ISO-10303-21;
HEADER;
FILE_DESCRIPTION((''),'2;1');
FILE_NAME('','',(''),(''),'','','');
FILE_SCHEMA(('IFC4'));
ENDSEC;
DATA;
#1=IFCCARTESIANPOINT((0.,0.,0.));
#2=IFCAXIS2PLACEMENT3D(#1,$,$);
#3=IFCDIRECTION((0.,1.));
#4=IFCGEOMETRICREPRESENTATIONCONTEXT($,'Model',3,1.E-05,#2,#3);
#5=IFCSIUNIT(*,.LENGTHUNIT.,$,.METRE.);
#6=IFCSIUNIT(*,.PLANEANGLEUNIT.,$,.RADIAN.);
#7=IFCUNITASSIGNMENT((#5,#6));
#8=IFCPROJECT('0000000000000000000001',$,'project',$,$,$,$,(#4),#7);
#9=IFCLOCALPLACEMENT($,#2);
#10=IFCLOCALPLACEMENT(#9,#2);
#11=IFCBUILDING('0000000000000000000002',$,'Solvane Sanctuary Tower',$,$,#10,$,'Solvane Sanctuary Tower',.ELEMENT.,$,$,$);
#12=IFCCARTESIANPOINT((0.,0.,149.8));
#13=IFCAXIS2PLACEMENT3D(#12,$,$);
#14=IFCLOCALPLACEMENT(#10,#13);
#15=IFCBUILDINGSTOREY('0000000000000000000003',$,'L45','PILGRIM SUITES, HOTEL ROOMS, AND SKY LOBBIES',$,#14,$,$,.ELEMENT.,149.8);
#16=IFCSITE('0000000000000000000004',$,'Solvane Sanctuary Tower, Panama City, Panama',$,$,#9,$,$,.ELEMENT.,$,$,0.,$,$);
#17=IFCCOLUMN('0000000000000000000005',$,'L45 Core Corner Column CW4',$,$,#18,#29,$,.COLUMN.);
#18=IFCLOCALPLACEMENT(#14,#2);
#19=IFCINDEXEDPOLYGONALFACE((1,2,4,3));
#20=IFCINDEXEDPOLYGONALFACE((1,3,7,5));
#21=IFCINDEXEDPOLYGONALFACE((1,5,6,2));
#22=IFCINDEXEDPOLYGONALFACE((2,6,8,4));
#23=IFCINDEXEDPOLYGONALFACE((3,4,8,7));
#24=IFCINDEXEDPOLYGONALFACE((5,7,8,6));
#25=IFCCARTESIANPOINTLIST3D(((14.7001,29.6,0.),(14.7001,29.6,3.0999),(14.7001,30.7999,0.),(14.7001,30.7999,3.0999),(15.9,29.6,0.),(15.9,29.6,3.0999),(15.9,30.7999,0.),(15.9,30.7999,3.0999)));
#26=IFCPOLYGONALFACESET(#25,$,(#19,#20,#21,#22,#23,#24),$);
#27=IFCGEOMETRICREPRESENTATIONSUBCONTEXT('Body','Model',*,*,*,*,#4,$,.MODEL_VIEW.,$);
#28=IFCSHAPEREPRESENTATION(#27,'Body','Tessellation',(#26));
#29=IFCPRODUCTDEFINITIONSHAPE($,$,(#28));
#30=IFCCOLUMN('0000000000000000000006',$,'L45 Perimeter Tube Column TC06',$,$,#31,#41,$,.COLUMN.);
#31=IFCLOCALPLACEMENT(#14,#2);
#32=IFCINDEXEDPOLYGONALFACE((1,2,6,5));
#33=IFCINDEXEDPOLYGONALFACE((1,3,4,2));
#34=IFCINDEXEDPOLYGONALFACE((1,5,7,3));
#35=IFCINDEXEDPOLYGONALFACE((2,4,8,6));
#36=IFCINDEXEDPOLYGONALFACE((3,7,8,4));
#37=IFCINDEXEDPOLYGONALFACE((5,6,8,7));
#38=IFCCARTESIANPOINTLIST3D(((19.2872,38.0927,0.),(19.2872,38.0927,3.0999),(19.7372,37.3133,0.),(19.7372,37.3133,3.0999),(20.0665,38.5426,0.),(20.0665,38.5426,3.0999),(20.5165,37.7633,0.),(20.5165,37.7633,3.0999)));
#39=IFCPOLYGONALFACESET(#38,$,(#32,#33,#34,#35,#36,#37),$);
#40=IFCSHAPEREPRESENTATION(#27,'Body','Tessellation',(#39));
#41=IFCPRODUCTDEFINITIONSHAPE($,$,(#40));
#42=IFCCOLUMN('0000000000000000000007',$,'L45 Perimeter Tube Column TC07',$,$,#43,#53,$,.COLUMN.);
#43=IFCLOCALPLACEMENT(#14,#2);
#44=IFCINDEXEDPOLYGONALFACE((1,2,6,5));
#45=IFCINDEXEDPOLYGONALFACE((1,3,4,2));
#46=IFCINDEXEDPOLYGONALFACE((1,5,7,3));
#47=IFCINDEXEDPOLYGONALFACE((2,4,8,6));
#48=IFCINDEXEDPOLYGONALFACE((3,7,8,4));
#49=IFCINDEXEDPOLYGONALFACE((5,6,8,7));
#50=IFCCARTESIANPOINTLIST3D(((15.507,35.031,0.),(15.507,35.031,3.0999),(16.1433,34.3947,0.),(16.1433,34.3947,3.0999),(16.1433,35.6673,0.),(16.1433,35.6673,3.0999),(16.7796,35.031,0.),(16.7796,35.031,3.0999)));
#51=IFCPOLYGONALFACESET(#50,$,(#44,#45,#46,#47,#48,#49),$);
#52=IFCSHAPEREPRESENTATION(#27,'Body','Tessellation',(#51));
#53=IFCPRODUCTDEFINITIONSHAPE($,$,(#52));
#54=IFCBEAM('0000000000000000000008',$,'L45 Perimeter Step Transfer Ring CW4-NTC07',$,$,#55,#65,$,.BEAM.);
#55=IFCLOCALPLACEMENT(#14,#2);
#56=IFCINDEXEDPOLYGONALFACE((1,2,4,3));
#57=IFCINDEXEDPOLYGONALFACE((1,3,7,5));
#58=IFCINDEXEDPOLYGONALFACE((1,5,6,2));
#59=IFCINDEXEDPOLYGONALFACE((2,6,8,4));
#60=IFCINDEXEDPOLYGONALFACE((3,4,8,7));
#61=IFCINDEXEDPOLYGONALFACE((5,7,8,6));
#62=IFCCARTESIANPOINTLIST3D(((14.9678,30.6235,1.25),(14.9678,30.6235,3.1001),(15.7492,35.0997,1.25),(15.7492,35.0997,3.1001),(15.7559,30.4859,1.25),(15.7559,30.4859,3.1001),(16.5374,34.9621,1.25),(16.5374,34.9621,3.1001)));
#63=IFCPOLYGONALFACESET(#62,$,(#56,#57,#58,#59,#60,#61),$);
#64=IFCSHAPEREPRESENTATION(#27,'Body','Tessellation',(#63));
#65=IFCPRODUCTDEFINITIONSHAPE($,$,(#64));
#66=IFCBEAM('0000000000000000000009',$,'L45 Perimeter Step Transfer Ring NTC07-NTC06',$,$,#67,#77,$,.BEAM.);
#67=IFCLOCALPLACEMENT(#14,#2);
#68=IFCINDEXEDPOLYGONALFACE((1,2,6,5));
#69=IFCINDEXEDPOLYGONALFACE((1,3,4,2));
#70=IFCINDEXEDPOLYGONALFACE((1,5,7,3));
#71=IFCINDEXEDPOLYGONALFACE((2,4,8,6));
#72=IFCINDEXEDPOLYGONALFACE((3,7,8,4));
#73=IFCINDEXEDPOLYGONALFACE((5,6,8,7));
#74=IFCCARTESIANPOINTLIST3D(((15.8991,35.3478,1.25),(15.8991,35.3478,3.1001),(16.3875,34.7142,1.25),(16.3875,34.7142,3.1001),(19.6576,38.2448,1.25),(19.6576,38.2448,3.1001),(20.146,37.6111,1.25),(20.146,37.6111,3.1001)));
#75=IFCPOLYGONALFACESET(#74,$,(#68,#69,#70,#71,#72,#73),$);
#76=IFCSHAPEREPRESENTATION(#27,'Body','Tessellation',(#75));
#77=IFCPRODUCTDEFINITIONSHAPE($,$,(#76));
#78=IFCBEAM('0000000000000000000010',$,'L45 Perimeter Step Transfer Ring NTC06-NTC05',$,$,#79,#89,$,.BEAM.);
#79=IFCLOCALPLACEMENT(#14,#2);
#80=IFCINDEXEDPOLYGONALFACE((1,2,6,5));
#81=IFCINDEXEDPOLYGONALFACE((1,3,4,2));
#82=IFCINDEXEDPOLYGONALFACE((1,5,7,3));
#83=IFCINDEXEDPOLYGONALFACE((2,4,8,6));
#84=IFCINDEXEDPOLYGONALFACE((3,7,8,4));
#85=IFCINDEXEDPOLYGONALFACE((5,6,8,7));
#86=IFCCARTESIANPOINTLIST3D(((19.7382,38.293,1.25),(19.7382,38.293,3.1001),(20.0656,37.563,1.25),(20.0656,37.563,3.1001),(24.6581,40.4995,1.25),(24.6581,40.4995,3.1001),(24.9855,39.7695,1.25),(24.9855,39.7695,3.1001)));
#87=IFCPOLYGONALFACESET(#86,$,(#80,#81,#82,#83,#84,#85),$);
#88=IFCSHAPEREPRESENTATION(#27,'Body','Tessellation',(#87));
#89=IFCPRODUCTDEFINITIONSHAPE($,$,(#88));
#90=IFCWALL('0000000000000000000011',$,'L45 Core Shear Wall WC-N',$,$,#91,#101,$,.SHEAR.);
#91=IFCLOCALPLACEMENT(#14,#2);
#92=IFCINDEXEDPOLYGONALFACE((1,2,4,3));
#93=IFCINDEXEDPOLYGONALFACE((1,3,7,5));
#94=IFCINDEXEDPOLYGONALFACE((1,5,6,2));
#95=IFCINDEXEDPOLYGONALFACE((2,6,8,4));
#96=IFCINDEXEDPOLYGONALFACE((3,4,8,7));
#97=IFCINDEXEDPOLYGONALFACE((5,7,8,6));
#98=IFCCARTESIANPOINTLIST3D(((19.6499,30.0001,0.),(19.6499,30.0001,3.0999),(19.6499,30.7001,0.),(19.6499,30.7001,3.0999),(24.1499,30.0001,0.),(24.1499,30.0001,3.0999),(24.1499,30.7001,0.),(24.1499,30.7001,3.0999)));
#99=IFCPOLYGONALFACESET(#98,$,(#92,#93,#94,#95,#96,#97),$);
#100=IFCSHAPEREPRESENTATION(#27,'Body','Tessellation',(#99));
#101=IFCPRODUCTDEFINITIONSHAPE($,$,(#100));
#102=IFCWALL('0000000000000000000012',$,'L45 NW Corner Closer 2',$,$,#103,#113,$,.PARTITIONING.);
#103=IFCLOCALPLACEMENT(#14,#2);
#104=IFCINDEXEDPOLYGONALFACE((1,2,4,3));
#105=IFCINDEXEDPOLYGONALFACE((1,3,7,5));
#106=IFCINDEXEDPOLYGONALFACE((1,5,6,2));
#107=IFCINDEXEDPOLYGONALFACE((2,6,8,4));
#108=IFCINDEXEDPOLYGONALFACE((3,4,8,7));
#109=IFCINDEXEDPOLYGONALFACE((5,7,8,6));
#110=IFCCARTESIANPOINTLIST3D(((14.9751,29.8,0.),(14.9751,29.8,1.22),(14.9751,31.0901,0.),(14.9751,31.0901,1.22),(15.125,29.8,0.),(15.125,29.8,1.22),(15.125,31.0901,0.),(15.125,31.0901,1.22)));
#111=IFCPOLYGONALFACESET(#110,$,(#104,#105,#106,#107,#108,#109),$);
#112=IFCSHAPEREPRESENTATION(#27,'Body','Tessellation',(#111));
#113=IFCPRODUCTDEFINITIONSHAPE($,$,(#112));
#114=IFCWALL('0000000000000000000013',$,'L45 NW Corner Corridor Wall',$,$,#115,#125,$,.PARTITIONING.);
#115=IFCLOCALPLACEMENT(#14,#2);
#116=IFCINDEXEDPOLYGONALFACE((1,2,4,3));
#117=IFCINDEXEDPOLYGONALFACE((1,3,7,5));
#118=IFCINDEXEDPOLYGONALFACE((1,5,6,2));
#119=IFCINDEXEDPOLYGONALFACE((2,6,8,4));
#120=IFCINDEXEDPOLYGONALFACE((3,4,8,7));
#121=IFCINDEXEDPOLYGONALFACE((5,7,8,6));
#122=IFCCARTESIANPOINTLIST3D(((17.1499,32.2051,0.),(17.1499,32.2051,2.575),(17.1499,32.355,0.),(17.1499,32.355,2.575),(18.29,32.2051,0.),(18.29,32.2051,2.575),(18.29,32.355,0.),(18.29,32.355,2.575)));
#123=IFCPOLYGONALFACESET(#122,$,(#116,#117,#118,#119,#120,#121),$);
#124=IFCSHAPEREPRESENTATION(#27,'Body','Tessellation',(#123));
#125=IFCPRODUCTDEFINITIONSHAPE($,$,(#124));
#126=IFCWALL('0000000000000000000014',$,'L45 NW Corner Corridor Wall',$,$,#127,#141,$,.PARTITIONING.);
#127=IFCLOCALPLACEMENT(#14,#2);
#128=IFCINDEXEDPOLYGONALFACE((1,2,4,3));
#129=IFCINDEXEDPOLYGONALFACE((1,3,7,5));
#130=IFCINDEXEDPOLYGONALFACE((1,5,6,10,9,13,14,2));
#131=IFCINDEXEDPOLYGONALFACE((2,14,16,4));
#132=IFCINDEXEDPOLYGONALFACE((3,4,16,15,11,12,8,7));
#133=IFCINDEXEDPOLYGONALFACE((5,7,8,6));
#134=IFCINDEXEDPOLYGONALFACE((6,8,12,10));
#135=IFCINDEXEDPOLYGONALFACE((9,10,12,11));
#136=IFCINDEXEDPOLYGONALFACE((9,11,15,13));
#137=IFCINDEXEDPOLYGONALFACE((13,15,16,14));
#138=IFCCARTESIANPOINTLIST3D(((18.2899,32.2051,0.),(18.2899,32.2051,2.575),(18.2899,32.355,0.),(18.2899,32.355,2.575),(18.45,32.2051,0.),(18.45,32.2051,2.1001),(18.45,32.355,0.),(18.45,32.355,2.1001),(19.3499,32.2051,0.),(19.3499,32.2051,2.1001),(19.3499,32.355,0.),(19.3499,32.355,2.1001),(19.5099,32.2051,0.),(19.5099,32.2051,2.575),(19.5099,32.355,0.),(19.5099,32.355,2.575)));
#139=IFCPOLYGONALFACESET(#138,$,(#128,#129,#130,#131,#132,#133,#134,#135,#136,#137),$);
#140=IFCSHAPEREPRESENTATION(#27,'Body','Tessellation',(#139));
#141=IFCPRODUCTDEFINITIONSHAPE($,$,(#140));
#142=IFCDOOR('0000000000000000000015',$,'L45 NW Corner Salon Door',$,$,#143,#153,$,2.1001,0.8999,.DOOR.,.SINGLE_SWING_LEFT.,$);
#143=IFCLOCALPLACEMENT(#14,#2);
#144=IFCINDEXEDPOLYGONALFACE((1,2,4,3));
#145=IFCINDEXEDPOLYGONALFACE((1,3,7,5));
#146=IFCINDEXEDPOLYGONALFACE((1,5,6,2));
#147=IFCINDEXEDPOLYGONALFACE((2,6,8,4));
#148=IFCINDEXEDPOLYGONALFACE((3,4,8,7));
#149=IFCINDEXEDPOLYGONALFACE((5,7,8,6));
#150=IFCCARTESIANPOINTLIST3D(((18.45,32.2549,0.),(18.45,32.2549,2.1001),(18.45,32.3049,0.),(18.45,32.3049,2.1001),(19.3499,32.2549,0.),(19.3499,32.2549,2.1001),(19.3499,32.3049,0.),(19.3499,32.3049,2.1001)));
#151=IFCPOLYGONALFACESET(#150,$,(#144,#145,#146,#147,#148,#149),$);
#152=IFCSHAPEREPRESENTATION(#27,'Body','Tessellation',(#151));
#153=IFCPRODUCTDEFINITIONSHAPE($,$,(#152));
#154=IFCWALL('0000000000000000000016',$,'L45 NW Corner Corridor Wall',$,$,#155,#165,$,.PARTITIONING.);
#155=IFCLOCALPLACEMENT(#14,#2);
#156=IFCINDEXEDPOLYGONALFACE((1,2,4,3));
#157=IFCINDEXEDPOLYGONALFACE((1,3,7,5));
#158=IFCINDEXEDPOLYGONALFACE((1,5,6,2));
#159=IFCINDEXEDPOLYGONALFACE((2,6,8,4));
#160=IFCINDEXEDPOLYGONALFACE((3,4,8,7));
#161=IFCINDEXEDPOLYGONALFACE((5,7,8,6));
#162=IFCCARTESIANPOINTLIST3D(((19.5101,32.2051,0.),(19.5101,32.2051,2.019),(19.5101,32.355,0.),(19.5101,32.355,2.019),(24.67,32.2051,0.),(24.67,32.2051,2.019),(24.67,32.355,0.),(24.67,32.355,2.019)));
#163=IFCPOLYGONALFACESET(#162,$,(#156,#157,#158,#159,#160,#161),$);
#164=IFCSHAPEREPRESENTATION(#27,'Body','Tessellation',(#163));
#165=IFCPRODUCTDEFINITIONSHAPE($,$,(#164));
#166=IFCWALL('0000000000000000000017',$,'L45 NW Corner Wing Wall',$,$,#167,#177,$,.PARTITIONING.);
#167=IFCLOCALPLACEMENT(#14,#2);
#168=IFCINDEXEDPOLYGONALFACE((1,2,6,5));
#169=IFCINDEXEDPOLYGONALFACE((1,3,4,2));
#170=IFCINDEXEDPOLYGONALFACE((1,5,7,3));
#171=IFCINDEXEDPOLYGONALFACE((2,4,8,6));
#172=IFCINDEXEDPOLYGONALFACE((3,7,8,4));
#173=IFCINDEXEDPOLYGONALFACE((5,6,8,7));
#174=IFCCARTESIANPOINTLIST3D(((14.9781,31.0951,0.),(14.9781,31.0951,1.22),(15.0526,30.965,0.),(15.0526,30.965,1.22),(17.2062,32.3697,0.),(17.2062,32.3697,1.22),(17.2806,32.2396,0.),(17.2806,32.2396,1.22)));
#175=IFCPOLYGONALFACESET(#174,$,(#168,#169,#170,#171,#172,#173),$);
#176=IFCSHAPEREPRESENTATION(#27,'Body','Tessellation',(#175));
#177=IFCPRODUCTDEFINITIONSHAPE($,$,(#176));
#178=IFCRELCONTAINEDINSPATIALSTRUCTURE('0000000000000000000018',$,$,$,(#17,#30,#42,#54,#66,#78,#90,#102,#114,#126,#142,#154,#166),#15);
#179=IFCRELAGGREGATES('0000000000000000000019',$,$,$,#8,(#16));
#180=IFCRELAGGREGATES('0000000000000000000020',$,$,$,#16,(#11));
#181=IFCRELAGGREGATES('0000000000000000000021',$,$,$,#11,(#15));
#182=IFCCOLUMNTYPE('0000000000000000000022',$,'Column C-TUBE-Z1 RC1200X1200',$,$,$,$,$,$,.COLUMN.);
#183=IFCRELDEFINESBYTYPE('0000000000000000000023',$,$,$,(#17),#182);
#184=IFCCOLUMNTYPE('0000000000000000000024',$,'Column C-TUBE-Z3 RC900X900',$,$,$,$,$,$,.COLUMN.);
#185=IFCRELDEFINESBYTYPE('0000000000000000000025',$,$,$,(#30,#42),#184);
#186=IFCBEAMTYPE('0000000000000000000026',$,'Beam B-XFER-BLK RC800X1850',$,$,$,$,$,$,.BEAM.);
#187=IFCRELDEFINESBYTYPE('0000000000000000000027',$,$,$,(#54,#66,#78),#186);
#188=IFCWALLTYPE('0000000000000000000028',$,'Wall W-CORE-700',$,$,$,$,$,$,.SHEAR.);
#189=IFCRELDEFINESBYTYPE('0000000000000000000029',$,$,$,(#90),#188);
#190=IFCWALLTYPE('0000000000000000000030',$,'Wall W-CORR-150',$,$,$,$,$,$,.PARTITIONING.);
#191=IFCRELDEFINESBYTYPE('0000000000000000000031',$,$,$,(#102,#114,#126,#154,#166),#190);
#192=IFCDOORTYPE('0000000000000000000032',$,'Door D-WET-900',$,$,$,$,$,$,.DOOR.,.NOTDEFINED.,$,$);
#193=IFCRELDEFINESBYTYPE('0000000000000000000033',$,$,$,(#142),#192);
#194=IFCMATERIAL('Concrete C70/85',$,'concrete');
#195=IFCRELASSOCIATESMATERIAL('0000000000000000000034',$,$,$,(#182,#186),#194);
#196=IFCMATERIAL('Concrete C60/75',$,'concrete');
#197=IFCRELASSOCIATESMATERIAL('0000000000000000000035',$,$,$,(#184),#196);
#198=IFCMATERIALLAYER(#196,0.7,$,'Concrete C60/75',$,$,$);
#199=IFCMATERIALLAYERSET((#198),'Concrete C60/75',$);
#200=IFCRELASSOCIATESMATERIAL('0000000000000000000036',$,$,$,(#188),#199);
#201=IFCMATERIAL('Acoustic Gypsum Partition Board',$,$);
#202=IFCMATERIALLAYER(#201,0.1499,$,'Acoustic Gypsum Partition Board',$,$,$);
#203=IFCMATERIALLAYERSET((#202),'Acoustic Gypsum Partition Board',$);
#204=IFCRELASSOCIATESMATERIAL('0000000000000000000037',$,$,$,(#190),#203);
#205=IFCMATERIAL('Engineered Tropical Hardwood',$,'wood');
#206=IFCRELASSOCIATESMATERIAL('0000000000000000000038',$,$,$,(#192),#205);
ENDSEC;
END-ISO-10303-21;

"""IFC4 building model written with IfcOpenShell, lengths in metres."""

from ifc_helpers import new_model, si_unit, direction, frame, frame_2d, origin, origin_2d, place, context, subcontext, project, spatial, rectangle, extrude, material, layer, layer_set, material_profile, profile_set, type_object, element, fill, save


model = new_model("IFC4")

# Units and contexts
model_context = context("Model", 3, precision=1e-05, world=origin(), true_north=direction((0.0, 1.0)))
body_context = subcontext(model_context, "Body", "Model", "MODEL_VIEW")
ifc_project = project(units=[si_unit("LENGTHUNIT", "METRE"), si_unit("PLANEANGLEUNIT", "RADIAN")], contexts=[model_context])

# Site, building, storey
site_placement = place(None, origin())
site = spatial("IfcSite", under=ifc_project, at=site_placement, Name="Solvane Sanctuary Tower, Panama City, Panama", CompositionType="ELEMENT", RefElevation=0.0)
building_placement = place(site_placement, origin())
building = spatial("IfcBuilding", under=site, at=building_placement, Name="Solvane Sanctuary Tower", LongName="Solvane Sanctuary Tower", CompositionType="ELEMENT")
storey_placement = place(building_placement, frame((0.0, 0.0, 149.8)))
storey = spatial("IfcBuildingStorey", under=building, at=storey_placement, Name="L45", Description="PILGRIM SUITES, HOTEL ROOMS, AND SKY LOBBIES", CompositionType="ELEMENT", Elevation=149.8)

# Columns
ifc_material_1 = material(Name="Concrete C70/85", Category="concrete")
ifc_material_profile_1 = material_profile(ifc_material_1, rectangle(XDim=1.2, YDim=1.2, at=origin_2d()), Name="RC1200X1200")
ifc_profile_set_1 = profile_set([ifc_material_profile_1], Name="Concrete C70/85")
column_type_1 = type_object("IfcColumnType", Name="Column C-TUBE-Z1 RC1200X1200", PredefinedType="COLUMN", material=ifc_profile_set_1)
column_placement = place(storey_placement, frame((15.3, 30.2, 0.0), z_axis=(0.0, 0.0, 1.0), x_axis=(1.0, 0.0, 0.0)))
element("IfcColumn", 1, at=column_placement, inside=storey, type_object=column_type_1, Name="L45 Core Corner Column CW4", PredefinedType="COLUMN", context=body_context, shape_type="SweptSolid", body=[
    extrude(rectangle(XDim=1.2, YDim=1.2, at=origin_2d()), origin(), (0.0, 0.0, 1.0), 3.0999),
])
ifc_material_2 = material(Name="Concrete C60/75", Category="concrete")
ifc_material_profile_2 = material_profile(ifc_material_2, rectangle(XDim=0.8999, YDim=0.8999, at=origin_2d()), Name="RC900X900")
ifc_profile_set_2 = profile_set([ifc_material_profile_2], Name="Concrete C60/75")
column_type_2 = type_object("IfcColumnType", Name="Column C-TUBE-Z3 RC900X900", PredefinedType="COLUMN", material=ifc_profile_set_2)
for number, where, z_axis, x_axis, name in (
    (2, (19.9019, 37.928, 0.0), (0.0, 0.0, 1.0), (-0.5, 0.866025, 0.0), "L45 Perimeter Tube Column TC06"),
    (3, (16.1433, 35.031, 0.0), (0.0, 0.0, 1.0), (-0.707107, 0.707107, 0.0), "L45 Perimeter Tube Column TC07"),
):
    element("IfcColumn", number, at=place(storey_placement, frame(where, z_axis=z_axis, x_axis=x_axis)), inside=storey, type_object=column_type_2, Name=name, PredefinedType="COLUMN", context=body_context, shape_type="SweptSolid", body=[
        extrude(rectangle(XDim=0.8999, YDim=0.8999, at=origin_2d()), origin(), (0.0, 0.0, 1.0), 3.0999),
    ])

# Beams
ifc_material_profile_3 = material_profile(ifc_material_1, rectangle(XDim=0.8, YDim=1.8501, at=origin_2d()), Name="RC800X1850")
ifc_profile_set_3 = profile_set([ifc_material_profile_3], Name="Concrete C70/85")
beam_type = type_object("IfcBeamType", Name="Beam B-XFER-BLK RC800X1850", PredefinedType="BEAM", material=ifc_profile_set_3)
beam_1_placement = place(storey_placement, frame((15.3618, 30.5547, 2.175), z_axis=(0.171983, 0.9851, 0.0), x_axis=(-0.9851, 0.171983, 0.0)))
element("IfcBeam", 4, at=beam_1_placement, inside=storey, type_object=beam_type, Name="L45 Perimeter Step Transfer Ring CW4-NTC07", PredefinedType="BEAM", context=body_context, shape_type="SweptSolid", body=[
    extrude(rectangle(XDim=0.8, YDim=1.8501, at=origin_2d()), origin(), (0.0, 0.0, 1.0), 4.5439),
])
beam_2_placement = place(storey_placement, frame((16.1433, 35.031, 2.175), z_axis=(0.792035, 0.610476, 0.0), x_axis=(-0.610476, 0.792035, 0.0)))
element("IfcBeam", 5, at=beam_2_placement, inside=storey, type_object=beam_type, Name="L45 Perimeter Step Transfer Ring NTC07-NTC06", PredefinedType="BEAM", context=body_context, shape_type="SweptSolid", body=[
    extrude(rectangle(XDim=0.8, YDim=1.8501, at=origin_2d()), origin(), (0.0, 0.0, 1.0), 4.7454),
])
beam_3_placement = place(storey_placement, frame((19.9019, 37.928, 2.175), z_axis=(0.912436, 0.40922, 0.0), x_axis=(-0.40922, 0.912436, 0.0)))
element("IfcBeam", 6, at=beam_3_placement, inside=storey, type_object=beam_type, Name="L45 Perimeter Step Transfer Ring NTC06-NTC05", PredefinedType="BEAM", context=body_context, shape_type="SweptSolid", body=[
    extrude(rectangle(XDim=0.8, YDim=1.8501, at=origin_2d()), origin(), (0.0, 0.0, 1.0), 5.3921),
])

# Walls
ifc_layer_1 = layer(ifc_material_2, 0.7, Name="Concrete C60/75")
ifc_layer_set_1 = layer_set([ifc_layer_1], Name="Concrete C60/75")
wall_type_1 = type_object("IfcWallType", Name="Wall W-CORE-700", PredefinedType="SHEAR", material=ifc_layer_set_1)
wall_1_placement = place(storey_placement, frame((19.6499, 30.3501, 0.0), z_axis=(0.0, 0.0, 1.0), x_axis=(1.0, 0.0, 0.0)))
element("IfcWall", 7, at=wall_1_placement, inside=storey, type_object=wall_type_1, Name="L45 Core Shear Wall WC-N", PredefinedType="SHEAR", context=body_context, shape_type="SweptSolid", body=[
    extrude(rectangle(XDim=4.5, YDim=0.7, at=frame_2d((2.25, 0.0))), origin(), (0.0, 0.0, 1.0), 3.0999),
])
ifc_material_3 = material(Name="Acoustic Gypsum Partition Board")
ifc_layer_2 = layer(ifc_material_3, 0.1499, Name="Acoustic Gypsum Partition Board")
ifc_layer_set_2 = layer_set([ifc_layer_2], Name="Acoustic Gypsum Partition Board")
wall_type_2 = type_object("IfcWallType", Name="Wall W-CORR-150", PredefinedType="PARTITIONING", material=ifc_layer_set_2)
wall_2_placement = place(storey_placement, frame((15.05, 29.8, 0.0), z_axis=(0.0, 0.0, 1.0), x_axis=(0.0, 1.0, 0.0)))
element("IfcWall", 8, at=wall_2_placement, inside=storey, type_object=wall_type_2, Name="L45 NW Corner Closer 2", PredefinedType="PARTITIONING", context=body_context, shape_type="SweptSolid", body=[
    extrude(rectangle(XDim=1.29, YDim=0.1499, at=frame_2d((0.645, 0.0))), origin(), (0.0, 0.0, 1.0), 1.22),
])
wall_3_placement = place(storey_placement, frame((17.1499, 32.28, 0.0), z_axis=(0.0, 0.0, 1.0), x_axis=(1.0, 0.0, 0.0)))
element("IfcWall", 9, at=wall_3_placement, inside=storey, type_object=wall_type_2, Name="L45 NW Corner Corridor Wall", PredefinedType="PARTITIONING", context=body_context, shape_type="SweptSolid", body=[
    extrude(rectangle(XDim=1.1401, YDim=0.1499, at=frame_2d((0.5701, 0.0))), origin(), (0.0, 0.0, 1.0), 2.575),
])

# Wall, opening, door
wall_4_placement = place(storey_placement, frame((18.29, 32.28, 0.0), z_axis=(0.0, 0.0, 1.0), x_axis=(1.0, 0.0, 0.0)))
wall_4 = element("IfcWall", 10, at=wall_4_placement, inside=storey, type_object=wall_type_2, Name="L45 NW Corner Corridor Wall", PredefinedType="PARTITIONING", context=body_context, shape_type="SweptSolid", body=[
    extrude(rectangle(XDim=1.22, YDim=0.1499, at=frame_2d((0.6099, 0.0))), origin(), (0.0, 0.0, 1.0), 2.575),
])
opening_1_placement = place(wall_4_placement, frame((0.1599, 0.0, 0.0)))
opening_1 = element("IfcOpeningElement", 11, at=opening_1_placement, cuts=wall_4, PredefinedType="OPENING", context=body_context, shape_type="SweptSolid", body=[
    extrude(rectangle(XDim=0.8999, YDim=2.1001, at=frame_2d((0.45, 1.05))), frame((0.0, 0.085, 0.0), z_axis=(0.0, -1.0, 0.0), x_axis=(1.0, 0.0, 0.0)), (0.0, 0.0, 1.0), 0.1699),
])
ifc_material_4 = material(Name="Engineered Tropical Hardwood", Category="wood")
door_type_1 = type_object("IfcDoorType", Name="Door D-WET-900", OperationType="NOTDEFINED", PredefinedType="DOOR", material=ifc_material_4)
door_1_placement = place(opening_1_placement, origin())
door_1 = element("IfcDoor", 12, at=door_1_placement, inside=storey, type_object=door_type_1, Name="L45 NW Corner Salon Door", OperationType="SINGLE_SWING_LEFT", OverallHeight=2.1001, OverallWidth=0.8999, PredefinedType="DOOR", context=body_context, shape_type="SweptSolid", body=[
    extrude(rectangle(XDim=0.8999, YDim=2.1001, at=frame_2d((0.45, 1.05))), frame((0.0, 0.0249, 0.0), z_axis=(0.0, -1.0, 0.0), x_axis=(1.0, 0.0, 0.0)), (0.0, 0.0, 1.0), 0.05),
])
fill(opening_1, door_1)

# Walls
wall_5_placement = place(storey_placement, frame((19.51, 32.28, 0.0), z_axis=(0.0, 0.0, 1.0), x_axis=(1.0, 0.0, 0.0)))
element("IfcWall", 13, at=wall_5_placement, inside=storey, type_object=wall_type_2, Name="L45 NW Corner Corridor Wall", PredefinedType="PARTITIONING", context=body_context, shape_type="SweptSolid", body=[
    extrude(rectangle(XDim=5.1599, YDim=0.1499, at=frame_2d((2.5801, 0.0))), origin(), (0.0, 0.0, 1.0), 2.019),
])
wall_6_placement = place(storey_placement, frame((17.2434, 32.3047, 0.0), z_axis=(0.0, 0.0, 1.0), x_axis=(-0.867991, -0.496579, 0.0)))
element("IfcWall", 14, at=wall_6_placement, inside=storey, type_object=wall_type_2, Name="L45 NW Corner Wing Wall", PredefinedType="PARTITIONING", context=body_context, shape_type="SweptSolid", body=[
    extrude(rectangle(XDim=2.5669, YDim=0.1499, at=frame_2d((1.2834, 0.0))), origin(), (0.0, 0.0, 1.0), 1.22),
])

save(model, "model.ifc")
